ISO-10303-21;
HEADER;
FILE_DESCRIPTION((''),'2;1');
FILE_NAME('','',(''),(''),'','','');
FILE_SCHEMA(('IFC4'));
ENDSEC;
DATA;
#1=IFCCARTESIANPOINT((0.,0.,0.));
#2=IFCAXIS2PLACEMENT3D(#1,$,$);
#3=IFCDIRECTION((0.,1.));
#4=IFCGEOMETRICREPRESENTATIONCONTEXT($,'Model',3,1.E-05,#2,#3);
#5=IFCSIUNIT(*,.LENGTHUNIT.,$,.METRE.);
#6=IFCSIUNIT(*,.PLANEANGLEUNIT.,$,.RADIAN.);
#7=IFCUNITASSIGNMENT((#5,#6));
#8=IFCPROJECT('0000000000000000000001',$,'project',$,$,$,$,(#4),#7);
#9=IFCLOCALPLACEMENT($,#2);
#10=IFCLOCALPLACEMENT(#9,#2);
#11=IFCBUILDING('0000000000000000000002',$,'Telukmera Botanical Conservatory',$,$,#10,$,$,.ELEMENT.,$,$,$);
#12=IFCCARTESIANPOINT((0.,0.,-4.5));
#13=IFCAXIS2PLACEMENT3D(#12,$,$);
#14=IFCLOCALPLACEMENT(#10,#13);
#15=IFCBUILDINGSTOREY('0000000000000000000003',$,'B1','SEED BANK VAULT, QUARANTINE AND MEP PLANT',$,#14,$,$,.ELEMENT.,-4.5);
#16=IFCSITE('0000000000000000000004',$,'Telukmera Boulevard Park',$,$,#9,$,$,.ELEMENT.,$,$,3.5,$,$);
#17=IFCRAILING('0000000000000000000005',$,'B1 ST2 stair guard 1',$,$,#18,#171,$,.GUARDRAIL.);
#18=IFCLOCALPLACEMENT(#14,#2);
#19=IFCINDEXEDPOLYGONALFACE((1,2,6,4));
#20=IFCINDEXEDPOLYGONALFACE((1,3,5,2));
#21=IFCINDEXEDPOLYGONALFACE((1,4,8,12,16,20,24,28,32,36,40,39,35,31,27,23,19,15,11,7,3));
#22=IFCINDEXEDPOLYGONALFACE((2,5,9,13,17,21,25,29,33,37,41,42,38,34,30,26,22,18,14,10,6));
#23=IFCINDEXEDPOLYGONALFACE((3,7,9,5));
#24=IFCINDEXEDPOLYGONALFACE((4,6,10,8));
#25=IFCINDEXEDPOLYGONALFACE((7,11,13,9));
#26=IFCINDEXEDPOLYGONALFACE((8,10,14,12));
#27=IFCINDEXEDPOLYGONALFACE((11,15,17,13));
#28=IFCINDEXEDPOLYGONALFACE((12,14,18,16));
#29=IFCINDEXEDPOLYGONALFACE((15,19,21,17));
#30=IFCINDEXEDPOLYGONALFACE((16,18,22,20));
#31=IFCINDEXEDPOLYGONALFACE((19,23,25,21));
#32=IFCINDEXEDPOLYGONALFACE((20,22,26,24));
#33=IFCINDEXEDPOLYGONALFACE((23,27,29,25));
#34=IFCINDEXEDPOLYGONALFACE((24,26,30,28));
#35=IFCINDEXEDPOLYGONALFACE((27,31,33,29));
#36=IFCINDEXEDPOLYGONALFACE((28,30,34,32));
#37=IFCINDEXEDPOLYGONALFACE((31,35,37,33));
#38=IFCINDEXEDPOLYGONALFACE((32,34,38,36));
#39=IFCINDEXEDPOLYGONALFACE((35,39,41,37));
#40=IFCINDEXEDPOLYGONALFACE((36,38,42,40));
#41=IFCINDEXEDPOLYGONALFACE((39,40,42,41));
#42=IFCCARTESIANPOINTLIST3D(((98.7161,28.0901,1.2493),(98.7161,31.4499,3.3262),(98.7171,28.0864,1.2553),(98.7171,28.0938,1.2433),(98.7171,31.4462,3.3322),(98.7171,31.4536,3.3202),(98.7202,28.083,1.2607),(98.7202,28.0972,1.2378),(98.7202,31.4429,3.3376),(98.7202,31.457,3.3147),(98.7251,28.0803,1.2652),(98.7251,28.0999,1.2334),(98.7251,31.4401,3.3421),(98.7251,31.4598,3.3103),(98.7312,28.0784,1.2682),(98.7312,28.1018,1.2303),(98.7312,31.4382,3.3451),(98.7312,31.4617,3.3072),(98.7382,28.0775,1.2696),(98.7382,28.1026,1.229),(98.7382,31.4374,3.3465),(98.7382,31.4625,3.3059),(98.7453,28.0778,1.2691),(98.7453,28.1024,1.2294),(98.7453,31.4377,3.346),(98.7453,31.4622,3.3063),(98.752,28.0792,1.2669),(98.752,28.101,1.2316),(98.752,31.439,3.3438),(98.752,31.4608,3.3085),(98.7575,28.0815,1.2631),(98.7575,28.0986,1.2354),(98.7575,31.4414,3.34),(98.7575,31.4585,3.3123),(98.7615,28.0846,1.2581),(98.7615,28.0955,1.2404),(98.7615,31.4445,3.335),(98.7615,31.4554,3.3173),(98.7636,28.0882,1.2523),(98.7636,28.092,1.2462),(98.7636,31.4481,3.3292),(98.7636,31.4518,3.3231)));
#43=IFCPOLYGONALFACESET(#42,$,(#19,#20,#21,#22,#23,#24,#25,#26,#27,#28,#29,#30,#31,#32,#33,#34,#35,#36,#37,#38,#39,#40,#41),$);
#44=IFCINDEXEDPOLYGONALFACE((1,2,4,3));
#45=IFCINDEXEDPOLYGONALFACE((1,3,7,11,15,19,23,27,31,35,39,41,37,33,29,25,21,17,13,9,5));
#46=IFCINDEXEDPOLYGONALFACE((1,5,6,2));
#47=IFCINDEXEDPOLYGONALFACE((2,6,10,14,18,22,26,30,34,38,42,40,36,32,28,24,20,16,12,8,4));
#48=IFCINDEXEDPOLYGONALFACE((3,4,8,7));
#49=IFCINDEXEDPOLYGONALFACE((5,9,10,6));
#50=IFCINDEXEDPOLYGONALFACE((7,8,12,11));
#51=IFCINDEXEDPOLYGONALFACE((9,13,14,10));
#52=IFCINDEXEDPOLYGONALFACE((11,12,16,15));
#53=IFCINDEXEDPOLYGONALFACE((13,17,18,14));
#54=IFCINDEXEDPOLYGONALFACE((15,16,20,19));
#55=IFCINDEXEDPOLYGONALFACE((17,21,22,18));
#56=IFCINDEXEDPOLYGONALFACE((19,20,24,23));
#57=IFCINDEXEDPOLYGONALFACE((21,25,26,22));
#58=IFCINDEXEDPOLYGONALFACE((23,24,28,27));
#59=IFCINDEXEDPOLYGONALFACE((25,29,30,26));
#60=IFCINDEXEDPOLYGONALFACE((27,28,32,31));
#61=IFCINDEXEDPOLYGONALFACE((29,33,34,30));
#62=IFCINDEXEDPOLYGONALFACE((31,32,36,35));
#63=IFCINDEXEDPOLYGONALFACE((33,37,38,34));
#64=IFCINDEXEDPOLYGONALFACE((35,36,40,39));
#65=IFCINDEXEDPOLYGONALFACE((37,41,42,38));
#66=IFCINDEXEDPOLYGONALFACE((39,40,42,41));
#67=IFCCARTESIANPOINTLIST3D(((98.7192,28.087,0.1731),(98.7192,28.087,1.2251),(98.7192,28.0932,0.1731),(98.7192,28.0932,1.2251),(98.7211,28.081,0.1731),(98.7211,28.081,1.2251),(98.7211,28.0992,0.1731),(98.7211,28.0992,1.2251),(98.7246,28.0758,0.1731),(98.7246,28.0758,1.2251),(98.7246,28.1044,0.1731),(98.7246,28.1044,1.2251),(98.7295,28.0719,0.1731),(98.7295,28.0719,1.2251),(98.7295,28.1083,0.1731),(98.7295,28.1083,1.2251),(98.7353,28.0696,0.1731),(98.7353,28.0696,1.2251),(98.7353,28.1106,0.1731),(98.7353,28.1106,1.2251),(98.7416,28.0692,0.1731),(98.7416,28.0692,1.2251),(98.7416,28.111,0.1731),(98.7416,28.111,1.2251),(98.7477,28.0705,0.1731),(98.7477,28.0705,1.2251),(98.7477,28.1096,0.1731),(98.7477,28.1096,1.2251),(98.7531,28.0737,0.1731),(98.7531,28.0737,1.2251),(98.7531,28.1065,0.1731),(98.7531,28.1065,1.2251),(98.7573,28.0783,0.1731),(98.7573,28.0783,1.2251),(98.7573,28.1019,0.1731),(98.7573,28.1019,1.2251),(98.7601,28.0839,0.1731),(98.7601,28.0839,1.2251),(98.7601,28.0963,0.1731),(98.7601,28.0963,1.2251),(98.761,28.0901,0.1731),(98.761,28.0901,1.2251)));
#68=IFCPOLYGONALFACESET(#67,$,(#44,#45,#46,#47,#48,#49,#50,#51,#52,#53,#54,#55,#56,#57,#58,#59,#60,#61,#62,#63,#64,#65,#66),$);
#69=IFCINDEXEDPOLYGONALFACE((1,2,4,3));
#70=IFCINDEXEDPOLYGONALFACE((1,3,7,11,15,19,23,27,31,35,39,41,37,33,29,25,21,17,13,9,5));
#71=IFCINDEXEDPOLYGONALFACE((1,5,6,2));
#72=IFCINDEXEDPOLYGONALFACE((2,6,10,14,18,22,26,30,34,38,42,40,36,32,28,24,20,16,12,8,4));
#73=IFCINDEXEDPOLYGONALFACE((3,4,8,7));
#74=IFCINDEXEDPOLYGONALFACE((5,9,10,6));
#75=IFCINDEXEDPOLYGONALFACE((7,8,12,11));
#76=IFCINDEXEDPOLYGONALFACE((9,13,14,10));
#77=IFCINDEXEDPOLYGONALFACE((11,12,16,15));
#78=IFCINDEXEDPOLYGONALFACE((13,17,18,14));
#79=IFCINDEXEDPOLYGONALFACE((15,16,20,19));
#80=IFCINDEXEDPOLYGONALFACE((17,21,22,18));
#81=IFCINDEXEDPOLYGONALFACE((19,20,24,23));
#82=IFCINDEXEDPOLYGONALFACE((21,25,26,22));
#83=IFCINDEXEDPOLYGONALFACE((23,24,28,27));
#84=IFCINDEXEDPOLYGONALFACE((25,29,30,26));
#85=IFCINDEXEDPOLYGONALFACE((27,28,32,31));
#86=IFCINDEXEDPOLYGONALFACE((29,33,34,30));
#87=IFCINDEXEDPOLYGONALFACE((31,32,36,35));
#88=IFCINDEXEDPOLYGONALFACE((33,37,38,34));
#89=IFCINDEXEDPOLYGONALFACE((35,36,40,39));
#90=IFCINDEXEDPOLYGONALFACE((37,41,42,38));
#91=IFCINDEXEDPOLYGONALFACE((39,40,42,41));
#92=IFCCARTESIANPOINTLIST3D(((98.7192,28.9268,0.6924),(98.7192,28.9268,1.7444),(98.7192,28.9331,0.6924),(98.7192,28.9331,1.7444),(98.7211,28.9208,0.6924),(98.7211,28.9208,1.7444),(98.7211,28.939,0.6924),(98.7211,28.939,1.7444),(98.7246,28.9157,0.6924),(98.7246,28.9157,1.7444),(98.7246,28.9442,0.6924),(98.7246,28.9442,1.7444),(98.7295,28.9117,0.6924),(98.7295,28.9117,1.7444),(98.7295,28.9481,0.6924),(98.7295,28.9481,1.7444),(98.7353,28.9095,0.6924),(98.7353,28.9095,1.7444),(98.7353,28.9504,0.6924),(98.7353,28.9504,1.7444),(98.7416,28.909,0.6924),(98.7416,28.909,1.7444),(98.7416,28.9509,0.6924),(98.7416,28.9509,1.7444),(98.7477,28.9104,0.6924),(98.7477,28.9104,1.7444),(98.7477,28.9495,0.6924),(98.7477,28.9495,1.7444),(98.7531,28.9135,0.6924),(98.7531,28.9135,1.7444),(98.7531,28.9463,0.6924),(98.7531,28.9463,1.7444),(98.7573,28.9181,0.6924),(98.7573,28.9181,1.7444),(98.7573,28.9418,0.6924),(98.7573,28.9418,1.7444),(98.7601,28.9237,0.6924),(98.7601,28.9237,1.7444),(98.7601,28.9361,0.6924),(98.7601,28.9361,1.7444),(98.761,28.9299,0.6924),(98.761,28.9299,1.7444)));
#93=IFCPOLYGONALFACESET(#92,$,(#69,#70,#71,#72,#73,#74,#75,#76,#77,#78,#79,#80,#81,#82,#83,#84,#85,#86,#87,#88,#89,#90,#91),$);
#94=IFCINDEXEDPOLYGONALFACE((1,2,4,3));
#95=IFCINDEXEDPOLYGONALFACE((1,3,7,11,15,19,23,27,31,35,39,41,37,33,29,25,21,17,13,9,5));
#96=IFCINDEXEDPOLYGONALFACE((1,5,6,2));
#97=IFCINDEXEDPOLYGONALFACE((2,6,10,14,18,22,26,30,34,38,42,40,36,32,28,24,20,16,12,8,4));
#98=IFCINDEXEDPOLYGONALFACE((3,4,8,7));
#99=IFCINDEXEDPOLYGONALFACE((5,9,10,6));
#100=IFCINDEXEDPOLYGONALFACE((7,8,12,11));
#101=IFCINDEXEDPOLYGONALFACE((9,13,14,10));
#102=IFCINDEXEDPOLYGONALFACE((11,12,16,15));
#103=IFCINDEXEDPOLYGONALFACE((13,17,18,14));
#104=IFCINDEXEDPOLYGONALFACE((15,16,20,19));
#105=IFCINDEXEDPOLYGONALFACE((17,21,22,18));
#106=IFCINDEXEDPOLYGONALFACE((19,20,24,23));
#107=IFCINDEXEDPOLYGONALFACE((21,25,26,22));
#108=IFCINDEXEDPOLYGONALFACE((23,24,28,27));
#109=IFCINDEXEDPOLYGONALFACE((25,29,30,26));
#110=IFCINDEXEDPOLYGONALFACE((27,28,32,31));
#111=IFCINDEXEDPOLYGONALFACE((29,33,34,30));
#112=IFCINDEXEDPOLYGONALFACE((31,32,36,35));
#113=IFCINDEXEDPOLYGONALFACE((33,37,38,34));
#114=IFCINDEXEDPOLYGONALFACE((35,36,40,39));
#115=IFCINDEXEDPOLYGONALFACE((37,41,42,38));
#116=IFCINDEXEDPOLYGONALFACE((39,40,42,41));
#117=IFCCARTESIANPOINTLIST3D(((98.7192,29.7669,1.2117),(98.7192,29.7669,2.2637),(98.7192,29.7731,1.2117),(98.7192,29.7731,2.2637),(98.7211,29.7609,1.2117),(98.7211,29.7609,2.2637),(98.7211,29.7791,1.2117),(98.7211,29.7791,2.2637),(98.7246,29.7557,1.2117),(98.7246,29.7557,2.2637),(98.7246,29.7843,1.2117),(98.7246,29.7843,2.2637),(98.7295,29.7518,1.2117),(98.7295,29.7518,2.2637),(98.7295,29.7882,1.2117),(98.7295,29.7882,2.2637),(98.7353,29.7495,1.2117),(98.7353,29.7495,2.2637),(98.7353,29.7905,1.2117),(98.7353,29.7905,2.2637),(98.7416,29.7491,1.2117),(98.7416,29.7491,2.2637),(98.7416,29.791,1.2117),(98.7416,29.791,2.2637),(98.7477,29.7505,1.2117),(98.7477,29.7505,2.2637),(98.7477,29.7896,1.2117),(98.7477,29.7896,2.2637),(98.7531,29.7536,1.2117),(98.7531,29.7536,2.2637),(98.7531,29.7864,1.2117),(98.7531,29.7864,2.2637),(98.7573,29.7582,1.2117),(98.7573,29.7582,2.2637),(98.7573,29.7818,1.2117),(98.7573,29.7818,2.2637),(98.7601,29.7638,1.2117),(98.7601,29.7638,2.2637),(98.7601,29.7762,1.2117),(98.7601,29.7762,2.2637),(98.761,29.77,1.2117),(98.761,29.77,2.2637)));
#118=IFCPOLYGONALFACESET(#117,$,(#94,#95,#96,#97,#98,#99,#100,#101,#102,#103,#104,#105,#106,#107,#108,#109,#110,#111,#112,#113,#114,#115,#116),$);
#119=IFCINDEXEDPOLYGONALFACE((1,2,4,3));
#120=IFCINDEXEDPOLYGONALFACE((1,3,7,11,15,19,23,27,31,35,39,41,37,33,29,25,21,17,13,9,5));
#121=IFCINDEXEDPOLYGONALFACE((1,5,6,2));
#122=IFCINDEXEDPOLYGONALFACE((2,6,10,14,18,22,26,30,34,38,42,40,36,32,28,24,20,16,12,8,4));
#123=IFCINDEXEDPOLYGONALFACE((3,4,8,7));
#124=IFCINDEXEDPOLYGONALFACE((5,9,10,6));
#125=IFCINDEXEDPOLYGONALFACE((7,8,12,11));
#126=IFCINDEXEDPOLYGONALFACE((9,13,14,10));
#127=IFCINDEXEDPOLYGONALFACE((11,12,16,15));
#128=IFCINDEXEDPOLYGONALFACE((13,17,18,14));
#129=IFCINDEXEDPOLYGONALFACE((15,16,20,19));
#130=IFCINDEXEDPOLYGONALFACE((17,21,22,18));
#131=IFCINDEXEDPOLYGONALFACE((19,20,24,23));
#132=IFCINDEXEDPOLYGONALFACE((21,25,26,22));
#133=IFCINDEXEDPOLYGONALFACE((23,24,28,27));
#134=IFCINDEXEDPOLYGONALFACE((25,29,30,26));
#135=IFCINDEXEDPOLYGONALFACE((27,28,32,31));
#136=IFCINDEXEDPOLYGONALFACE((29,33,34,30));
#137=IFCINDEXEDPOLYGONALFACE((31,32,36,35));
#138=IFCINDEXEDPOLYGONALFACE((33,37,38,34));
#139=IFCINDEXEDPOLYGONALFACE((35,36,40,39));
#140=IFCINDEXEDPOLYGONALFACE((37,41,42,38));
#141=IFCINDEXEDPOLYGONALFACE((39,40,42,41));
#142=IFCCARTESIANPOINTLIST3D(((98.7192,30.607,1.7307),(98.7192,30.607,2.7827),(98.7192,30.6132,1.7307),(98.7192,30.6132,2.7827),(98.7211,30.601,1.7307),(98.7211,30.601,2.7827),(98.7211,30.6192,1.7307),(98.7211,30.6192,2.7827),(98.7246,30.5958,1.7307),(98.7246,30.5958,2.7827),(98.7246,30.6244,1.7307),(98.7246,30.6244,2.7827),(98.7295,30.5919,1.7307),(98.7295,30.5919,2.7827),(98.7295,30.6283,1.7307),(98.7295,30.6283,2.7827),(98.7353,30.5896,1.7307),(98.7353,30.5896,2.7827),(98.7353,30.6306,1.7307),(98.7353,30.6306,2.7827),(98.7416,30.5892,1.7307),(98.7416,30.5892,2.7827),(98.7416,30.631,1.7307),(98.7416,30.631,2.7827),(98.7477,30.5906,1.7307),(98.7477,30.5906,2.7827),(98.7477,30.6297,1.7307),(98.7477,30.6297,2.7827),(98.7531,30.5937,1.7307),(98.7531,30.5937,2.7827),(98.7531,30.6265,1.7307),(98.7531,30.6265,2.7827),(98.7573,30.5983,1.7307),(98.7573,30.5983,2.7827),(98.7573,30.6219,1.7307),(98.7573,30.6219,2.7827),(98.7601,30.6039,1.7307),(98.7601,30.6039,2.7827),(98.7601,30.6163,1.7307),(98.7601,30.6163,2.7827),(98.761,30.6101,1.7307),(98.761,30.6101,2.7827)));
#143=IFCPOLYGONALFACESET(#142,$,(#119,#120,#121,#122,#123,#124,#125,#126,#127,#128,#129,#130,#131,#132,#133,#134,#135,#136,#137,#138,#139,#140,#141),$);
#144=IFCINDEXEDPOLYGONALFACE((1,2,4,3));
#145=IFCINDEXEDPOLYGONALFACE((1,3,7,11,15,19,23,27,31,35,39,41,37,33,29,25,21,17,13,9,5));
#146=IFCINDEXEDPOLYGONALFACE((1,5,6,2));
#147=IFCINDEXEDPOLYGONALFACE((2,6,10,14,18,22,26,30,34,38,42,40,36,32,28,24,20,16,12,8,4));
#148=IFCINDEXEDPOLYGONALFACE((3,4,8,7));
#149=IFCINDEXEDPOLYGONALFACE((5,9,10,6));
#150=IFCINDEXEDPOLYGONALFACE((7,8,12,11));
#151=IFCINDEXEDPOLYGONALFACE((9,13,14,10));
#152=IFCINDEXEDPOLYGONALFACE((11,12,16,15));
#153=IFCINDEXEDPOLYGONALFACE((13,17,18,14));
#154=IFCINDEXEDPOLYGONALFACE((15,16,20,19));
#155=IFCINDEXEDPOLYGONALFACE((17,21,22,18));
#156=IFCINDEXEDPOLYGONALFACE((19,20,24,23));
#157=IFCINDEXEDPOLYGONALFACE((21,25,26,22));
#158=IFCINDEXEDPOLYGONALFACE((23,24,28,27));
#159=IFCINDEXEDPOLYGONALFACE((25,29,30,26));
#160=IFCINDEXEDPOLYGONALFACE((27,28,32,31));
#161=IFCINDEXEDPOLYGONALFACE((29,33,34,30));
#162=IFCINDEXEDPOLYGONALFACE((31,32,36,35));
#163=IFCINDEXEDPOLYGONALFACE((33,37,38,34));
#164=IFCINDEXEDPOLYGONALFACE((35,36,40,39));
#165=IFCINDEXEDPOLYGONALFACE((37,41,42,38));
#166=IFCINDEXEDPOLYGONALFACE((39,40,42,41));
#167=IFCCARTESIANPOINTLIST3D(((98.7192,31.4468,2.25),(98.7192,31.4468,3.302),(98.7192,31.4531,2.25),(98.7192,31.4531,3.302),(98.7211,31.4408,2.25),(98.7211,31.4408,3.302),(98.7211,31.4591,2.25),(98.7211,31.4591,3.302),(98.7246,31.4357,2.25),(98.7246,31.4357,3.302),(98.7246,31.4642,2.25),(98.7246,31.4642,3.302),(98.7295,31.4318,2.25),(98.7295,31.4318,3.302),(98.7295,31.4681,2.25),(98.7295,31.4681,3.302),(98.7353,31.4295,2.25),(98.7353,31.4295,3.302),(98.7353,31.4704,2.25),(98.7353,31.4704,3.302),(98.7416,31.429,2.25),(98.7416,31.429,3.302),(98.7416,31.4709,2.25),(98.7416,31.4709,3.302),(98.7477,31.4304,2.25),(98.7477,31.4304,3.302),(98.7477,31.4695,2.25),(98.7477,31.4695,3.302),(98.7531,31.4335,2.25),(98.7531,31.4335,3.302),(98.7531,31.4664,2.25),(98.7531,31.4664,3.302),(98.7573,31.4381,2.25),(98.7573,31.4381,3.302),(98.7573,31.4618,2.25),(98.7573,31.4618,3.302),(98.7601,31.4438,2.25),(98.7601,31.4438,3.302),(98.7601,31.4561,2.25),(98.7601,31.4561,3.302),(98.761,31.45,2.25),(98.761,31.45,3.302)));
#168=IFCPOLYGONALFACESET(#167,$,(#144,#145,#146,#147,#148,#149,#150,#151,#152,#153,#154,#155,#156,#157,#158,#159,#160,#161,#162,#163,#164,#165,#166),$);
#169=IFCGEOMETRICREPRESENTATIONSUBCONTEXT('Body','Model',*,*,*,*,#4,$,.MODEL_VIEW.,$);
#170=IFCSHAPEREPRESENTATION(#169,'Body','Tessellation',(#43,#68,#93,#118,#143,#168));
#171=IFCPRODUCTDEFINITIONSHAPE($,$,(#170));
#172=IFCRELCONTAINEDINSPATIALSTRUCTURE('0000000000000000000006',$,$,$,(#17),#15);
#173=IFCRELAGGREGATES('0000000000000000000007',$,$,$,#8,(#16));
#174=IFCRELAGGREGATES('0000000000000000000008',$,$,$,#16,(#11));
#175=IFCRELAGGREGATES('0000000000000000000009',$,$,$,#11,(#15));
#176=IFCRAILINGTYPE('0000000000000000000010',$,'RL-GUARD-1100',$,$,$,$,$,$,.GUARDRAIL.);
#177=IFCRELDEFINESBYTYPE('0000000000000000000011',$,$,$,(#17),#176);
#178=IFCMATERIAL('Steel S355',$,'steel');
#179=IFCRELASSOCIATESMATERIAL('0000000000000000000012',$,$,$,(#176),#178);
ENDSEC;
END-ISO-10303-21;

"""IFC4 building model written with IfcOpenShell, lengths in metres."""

from ifc_helpers import new_model, si_unit, direction, frame, origin, origin_2d, place, context, subcontext, project, spatial, circle, extrude, material, type_object, element, save


model = new_model("IFC4")

# Units and contexts
model_context = context("Model", 3, precision=1e-05, world=origin(), true_north=direction((0.0, 1.0)))
body_context = subcontext(model_context, "Body", "Model", "MODEL_VIEW")
ifc_project = project(units=[si_unit("LENGTHUNIT", "METRE"), si_unit("PLANEANGLEUNIT", "RADIAN")], contexts=[model_context])

# Site, building, storey
site_placement = place(None, origin())
site = spatial("IfcSite", under=ifc_project, at=site_placement, Name="Telukmera Boulevard Park", CompositionType="ELEMENT", RefElevation=3.5)
building_placement = place(site_placement, origin())
building = spatial("IfcBuilding", under=site, at=building_placement, Name="Telukmera Botanical Conservatory", CompositionType="ELEMENT")
storey_placement = place(building_placement, frame((0.0, 0.0, -4.5)))
storey = spatial("IfcBuildingStorey", under=building, at=storey_placement, Name="B1", Description="SEED BANK VAULT, QUARANTINE AND MEP PLANT", CompositionType="ELEMENT", Elevation=-4.5)

# Railing
ifc_material_1 = material(Name="Steel S355", Category="steel")
railing_type_1 = type_object("IfcRailingType", Name="RL-GUARD-1100", PredefinedType="GUARDRAIL", material=ifc_material_1)
railing_1_placement = place(storey_placement, frame((98.74, 28.0901, 0.1731)))
element("IfcRailing", 1, at=railing_1_placement, inside=storey, type_object=railing_type_1, Name="B1 ST2 stair guard 1", PredefinedType="GUARDRAIL", context=body_context, shape_type="SweptSolid", body=[
    extrude(circle(Radius=0.0239, at=origin_2d()), frame((0.0, 0.0, 1.0762), z_axis=(0.0, 0.850606, 0.525803), x_axis=(-1.0, 0.0, 0.0)), (0.0, 0.0, 1.0), 3.95),
    extrude(circle(Radius=0.021, at=origin_2d()), origin(), (0.0, 0.0, 1.0), 1.052),
    extrude(circle(Radius=0.021, at=origin_2d()), frame((0.0, 0.8398, 0.5193)), (0.0, 0.0, 1.0), 1.052),
    extrude(circle(Radius=0.021, at=origin_2d()), frame((0.0, 1.6799, 1.0386)), (0.0, 0.0, 1.0), 1.052),
    extrude(circle(Radius=0.021, at=origin_2d()), frame((0.0, 2.52, 1.5576)), (0.0, 0.0, 1.0), 1.052),
    extrude(circle(Radius=0.021, at=origin_2d()), frame((0.0, 3.3599, 2.0769)), (0.0, 0.0, 1.0), 1.052),
])

save(model, "model.ifc")
